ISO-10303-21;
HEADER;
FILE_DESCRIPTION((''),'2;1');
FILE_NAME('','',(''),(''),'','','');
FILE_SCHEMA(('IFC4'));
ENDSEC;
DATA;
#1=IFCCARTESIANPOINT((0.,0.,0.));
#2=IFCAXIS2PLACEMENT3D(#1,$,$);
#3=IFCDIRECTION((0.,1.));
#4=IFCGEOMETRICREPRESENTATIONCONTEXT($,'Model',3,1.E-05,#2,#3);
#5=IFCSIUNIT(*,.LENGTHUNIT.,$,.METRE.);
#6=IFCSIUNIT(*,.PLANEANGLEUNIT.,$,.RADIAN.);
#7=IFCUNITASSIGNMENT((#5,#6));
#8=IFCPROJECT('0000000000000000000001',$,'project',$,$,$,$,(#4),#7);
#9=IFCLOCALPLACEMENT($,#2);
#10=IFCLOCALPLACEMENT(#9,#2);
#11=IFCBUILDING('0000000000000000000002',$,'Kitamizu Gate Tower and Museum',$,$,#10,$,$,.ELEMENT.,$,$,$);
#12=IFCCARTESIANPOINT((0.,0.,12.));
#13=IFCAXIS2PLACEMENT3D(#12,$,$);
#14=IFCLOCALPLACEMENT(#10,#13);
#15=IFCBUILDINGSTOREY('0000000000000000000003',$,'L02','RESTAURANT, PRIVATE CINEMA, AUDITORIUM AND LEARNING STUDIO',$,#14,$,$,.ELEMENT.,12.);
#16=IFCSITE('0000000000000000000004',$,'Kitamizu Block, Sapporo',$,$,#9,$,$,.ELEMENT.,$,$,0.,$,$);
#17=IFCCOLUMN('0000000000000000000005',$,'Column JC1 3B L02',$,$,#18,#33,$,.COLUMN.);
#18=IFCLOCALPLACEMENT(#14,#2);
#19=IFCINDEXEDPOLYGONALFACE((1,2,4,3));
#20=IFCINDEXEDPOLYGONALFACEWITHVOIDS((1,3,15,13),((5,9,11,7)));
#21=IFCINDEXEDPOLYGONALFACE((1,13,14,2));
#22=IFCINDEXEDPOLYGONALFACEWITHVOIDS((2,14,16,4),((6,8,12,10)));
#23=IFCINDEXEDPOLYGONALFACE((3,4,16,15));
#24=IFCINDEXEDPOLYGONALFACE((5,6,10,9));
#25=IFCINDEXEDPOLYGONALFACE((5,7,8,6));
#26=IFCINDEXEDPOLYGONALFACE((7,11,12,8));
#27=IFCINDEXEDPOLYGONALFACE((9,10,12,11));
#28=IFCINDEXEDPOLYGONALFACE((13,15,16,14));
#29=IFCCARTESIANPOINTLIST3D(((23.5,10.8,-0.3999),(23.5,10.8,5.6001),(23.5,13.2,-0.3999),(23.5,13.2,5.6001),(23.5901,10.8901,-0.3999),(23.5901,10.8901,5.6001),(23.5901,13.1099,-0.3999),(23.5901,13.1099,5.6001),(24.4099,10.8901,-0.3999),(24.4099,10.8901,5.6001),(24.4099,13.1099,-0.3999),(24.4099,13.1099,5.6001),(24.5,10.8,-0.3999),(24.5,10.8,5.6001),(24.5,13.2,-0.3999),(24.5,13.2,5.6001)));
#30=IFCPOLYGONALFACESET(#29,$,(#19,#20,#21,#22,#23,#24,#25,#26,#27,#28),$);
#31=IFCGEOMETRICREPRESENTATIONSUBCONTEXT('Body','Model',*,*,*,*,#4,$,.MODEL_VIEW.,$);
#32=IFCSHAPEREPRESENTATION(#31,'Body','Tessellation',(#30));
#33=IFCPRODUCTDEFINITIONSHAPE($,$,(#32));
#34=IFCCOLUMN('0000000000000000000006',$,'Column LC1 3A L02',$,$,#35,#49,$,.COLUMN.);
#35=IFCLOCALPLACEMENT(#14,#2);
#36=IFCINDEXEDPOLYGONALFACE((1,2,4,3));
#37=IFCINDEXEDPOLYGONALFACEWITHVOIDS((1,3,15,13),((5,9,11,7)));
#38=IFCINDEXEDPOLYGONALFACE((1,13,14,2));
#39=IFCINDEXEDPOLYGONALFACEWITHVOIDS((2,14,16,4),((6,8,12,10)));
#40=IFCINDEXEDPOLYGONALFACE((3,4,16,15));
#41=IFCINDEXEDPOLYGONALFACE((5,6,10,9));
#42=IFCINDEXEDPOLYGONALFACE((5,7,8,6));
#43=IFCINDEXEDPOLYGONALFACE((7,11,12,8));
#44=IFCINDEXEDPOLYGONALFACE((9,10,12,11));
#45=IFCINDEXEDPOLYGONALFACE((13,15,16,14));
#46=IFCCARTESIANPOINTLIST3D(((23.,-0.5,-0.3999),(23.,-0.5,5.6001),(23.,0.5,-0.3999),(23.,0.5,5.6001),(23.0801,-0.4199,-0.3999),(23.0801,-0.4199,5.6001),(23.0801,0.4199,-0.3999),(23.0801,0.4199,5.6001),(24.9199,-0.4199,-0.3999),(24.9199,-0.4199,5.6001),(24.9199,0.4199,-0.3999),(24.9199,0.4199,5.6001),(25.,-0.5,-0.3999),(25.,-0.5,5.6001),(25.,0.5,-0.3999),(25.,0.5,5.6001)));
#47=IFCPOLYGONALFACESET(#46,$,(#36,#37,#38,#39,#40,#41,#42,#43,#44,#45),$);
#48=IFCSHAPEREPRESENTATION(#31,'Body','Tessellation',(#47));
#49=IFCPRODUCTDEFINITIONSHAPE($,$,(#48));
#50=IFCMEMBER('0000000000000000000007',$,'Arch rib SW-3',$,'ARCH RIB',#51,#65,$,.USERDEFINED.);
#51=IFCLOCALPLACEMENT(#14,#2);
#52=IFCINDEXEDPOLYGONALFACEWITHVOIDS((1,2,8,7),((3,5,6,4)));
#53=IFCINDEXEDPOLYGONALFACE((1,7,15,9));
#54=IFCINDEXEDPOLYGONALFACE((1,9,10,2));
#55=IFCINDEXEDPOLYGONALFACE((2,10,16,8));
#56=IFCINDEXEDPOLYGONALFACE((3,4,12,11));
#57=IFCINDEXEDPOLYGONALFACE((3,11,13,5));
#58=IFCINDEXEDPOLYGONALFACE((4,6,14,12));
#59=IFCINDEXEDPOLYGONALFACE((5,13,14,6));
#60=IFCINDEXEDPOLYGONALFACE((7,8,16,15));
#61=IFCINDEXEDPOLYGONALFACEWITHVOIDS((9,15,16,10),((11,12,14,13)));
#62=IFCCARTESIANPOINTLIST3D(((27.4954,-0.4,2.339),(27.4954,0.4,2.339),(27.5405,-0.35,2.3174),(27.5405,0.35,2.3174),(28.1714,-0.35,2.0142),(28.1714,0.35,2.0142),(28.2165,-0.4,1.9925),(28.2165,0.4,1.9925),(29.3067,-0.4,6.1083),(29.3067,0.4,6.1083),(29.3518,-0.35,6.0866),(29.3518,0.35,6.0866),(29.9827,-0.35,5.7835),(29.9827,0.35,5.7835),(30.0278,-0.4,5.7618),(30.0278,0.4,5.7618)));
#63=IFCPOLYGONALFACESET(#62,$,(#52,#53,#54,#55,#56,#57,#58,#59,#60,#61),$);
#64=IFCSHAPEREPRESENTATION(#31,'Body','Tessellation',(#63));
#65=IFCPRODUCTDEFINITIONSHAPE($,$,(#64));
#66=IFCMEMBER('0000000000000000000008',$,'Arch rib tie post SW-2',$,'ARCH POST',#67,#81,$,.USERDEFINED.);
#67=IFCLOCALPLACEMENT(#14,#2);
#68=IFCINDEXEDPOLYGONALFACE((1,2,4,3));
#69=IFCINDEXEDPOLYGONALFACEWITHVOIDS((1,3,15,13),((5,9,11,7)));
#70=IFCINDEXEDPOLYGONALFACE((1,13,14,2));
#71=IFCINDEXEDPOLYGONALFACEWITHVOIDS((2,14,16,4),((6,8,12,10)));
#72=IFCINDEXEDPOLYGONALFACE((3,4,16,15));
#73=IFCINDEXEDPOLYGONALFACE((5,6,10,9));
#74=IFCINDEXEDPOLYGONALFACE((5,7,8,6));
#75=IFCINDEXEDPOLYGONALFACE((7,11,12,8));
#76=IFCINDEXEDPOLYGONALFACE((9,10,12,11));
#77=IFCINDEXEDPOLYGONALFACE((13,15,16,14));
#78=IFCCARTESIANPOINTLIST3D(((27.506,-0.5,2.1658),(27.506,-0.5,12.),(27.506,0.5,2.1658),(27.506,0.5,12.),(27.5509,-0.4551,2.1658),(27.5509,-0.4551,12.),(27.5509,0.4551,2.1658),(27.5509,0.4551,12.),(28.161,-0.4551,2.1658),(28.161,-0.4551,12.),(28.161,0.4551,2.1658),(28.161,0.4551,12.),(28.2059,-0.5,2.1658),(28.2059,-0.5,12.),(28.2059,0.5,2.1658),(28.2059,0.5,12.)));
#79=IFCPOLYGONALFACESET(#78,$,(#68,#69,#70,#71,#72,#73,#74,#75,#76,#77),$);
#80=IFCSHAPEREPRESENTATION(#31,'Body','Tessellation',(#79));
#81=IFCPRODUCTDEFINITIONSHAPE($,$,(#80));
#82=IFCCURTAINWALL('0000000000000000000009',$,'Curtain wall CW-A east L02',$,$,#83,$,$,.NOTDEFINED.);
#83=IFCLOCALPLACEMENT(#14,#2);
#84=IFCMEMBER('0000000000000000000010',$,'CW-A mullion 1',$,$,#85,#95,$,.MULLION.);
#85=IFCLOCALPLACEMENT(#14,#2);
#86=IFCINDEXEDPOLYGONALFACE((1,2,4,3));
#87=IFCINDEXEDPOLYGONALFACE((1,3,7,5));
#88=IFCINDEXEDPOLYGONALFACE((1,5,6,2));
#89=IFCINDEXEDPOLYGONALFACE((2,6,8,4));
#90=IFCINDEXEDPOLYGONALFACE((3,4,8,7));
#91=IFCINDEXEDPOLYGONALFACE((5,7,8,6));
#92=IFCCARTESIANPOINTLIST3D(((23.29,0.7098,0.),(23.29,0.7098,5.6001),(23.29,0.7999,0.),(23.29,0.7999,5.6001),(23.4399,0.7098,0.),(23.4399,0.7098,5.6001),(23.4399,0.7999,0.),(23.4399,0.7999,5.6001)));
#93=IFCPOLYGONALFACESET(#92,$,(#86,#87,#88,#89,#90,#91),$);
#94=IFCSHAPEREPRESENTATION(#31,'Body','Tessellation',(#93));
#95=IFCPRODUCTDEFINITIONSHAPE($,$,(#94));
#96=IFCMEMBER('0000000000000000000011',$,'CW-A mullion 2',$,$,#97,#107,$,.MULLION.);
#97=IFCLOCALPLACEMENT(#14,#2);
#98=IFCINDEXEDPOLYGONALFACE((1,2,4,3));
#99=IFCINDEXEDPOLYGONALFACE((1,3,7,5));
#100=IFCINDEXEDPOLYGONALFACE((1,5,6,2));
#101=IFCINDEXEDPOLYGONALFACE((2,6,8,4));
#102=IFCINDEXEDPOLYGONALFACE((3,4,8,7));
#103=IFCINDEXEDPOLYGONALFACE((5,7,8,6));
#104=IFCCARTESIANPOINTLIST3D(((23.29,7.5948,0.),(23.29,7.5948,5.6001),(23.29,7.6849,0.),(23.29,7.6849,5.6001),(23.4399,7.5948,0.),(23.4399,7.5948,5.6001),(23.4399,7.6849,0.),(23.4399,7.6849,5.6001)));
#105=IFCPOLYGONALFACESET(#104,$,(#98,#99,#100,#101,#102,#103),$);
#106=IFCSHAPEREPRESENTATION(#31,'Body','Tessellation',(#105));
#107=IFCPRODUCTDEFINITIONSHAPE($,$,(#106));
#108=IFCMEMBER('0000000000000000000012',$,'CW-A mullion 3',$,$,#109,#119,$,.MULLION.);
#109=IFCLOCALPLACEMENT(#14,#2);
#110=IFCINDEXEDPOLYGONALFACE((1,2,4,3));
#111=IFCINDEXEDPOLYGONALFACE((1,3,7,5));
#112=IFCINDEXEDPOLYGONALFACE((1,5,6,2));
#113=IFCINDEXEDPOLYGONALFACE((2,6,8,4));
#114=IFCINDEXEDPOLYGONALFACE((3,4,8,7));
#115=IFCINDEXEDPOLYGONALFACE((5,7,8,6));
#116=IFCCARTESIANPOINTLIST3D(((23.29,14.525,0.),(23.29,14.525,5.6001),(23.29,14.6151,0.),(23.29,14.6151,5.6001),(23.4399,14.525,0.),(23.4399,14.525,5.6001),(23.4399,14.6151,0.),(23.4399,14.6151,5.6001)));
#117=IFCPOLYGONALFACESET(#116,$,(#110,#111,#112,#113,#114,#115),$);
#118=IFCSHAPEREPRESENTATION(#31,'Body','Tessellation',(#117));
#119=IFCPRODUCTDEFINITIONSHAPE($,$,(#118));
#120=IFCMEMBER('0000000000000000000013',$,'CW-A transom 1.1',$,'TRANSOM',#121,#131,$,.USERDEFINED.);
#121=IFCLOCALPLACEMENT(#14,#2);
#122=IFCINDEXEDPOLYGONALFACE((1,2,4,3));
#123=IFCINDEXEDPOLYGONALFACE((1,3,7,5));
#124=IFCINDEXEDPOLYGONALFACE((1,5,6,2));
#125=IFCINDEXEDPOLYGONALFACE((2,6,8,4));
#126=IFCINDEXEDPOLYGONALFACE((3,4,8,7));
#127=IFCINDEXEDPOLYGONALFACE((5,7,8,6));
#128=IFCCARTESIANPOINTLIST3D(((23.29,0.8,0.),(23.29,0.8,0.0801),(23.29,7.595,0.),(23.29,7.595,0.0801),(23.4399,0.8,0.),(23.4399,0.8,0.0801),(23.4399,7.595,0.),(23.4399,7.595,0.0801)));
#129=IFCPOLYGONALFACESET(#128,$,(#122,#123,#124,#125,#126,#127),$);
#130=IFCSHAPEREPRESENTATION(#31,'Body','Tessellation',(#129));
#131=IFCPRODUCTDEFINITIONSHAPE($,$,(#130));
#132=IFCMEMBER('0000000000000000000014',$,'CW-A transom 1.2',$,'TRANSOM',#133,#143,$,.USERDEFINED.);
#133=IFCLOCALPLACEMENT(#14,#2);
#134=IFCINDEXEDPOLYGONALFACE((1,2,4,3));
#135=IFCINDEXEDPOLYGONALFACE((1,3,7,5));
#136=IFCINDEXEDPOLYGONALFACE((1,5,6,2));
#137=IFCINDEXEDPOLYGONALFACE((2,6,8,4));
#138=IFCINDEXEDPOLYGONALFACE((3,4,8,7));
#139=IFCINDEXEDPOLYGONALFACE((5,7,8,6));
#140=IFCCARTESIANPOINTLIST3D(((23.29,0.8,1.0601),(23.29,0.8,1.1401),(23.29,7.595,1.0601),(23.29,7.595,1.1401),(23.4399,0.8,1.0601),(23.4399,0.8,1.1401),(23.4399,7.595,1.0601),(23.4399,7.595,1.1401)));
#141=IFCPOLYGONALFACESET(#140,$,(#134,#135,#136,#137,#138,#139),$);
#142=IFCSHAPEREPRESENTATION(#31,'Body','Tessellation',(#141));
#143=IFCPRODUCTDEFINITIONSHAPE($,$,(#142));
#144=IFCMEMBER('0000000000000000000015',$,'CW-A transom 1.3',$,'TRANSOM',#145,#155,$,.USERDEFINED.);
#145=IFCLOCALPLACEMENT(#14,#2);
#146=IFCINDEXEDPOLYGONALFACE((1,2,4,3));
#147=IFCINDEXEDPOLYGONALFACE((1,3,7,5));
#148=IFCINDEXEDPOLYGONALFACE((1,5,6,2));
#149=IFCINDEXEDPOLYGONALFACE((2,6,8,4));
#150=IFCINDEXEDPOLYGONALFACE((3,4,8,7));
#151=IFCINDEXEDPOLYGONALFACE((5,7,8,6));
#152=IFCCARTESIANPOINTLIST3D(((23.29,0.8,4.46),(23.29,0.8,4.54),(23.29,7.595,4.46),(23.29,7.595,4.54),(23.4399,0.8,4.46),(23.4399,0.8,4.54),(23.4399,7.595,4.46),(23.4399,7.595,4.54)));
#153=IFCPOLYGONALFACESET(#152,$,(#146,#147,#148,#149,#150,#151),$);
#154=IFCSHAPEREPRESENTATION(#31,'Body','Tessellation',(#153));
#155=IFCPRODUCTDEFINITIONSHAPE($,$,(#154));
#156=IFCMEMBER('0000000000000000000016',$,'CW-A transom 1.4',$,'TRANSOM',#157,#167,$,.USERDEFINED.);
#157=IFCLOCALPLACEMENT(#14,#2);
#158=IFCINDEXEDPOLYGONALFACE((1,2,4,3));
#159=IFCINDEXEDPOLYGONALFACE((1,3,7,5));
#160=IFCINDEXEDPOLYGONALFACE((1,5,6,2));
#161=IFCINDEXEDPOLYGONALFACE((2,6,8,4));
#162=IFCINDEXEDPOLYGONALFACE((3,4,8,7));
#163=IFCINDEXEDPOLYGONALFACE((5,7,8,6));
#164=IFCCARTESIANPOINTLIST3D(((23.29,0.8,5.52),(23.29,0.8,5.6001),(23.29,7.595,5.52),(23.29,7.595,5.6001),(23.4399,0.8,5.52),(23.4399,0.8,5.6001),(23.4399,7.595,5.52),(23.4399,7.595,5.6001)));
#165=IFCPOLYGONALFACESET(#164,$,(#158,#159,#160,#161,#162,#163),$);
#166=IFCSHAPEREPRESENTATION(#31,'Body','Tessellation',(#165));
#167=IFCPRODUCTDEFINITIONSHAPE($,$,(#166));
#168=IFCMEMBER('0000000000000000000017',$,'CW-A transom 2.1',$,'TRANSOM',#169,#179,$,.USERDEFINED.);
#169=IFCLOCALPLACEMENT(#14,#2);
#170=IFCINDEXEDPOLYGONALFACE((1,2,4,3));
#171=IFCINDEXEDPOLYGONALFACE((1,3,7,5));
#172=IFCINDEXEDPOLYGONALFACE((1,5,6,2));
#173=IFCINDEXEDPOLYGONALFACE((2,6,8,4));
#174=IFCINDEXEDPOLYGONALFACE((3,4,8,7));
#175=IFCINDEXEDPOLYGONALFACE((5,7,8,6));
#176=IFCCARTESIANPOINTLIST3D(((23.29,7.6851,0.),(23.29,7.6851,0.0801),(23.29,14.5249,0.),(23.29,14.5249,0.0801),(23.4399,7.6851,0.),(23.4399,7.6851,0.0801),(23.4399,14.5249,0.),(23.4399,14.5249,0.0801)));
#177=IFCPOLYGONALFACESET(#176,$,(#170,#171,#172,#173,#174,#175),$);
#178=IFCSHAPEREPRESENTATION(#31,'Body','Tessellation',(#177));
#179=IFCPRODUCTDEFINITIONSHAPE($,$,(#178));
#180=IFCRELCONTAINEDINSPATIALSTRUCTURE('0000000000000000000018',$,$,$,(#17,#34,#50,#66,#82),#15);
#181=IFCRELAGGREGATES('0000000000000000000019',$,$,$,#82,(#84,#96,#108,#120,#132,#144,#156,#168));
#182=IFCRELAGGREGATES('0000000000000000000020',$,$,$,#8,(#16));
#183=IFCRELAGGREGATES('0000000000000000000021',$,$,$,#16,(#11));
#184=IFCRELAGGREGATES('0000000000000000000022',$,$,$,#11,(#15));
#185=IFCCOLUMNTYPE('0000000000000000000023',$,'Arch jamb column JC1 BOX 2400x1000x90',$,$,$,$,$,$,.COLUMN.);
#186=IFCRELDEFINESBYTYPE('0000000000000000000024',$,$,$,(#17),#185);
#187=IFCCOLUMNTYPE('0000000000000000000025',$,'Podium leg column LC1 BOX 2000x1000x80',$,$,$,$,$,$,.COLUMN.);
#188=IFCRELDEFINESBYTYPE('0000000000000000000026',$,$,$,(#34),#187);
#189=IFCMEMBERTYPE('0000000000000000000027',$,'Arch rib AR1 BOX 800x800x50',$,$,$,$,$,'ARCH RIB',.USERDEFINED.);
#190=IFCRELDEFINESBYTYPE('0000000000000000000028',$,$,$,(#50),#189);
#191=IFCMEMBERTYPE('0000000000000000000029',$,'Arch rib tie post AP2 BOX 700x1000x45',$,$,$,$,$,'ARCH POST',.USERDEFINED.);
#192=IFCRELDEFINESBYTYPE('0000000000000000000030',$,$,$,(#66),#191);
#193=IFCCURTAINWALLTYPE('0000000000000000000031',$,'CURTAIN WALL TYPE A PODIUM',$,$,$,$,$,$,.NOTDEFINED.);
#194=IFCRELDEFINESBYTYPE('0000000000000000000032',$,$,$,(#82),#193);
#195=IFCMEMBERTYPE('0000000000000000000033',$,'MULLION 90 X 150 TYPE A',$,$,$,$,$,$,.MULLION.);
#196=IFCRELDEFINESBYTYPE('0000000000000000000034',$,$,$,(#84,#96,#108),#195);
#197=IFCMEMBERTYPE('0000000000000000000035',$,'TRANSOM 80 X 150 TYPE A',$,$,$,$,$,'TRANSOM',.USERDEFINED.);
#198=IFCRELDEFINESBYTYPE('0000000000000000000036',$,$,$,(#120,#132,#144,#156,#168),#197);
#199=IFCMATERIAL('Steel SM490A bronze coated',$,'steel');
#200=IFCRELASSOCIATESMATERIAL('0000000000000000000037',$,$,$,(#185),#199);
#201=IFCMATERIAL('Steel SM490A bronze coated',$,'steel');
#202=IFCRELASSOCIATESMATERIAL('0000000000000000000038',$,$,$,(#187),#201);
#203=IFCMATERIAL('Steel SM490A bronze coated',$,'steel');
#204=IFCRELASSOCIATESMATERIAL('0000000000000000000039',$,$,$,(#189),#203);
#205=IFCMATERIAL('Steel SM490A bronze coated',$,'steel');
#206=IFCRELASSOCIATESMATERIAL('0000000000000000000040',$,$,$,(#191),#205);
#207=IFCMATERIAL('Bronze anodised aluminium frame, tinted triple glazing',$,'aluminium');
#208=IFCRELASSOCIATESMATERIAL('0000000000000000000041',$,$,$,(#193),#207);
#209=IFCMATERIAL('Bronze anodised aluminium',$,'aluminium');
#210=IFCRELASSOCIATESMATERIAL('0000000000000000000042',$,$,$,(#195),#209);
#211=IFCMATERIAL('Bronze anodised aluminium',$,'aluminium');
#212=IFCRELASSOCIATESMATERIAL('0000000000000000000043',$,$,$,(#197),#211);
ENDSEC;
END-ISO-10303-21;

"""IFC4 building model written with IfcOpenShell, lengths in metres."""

from ifc_helpers import new_model, si_unit, direction, frame, origin, origin_2d, place, context, subcontext, project, spatial, rectangle, hollow_rectangle, extrude, material, material_profile, profile_set, type_object, element, aggregate, save


model = new_model("IFC4")

# Units and contexts
model_context = context("Model", 3, precision=1e-05, world=origin(), true_north=direction((0.0, 1.0)))
body_context = subcontext(model_context, "Body", "Model", "MODEL_VIEW")
ifc_project = project(units=[si_unit("LENGTHUNIT", "METRE"), si_unit("PLANEANGLEUNIT", "RADIAN")], contexts=[model_context])

# Site, building, storey
site_placement = place(None, origin())
site = spatial("IfcSite", under=ifc_project, at=site_placement, Name="Kitamizu Block, Sapporo", CompositionType="ELEMENT", RefElevation=0.0)
building_placement = place(site_placement, origin())
building = spatial("IfcBuilding", under=site, at=building_placement, Name="Kitamizu Gate Tower and Museum", CompositionType="ELEMENT")
storey_placement = place(building_placement, frame((0.0, 0.0, 12.0)))
storey = spatial("IfcBuildingStorey", under=building, at=storey_placement, Name="L02", Description="RESTAURANT, PRIVATE CINEMA, AUDITORIUM AND LEARNING STUDIO", CompositionType="ELEMENT", Elevation=12.0)

# Columns
ifc_material_1 = material(Name="Steel SM490A bronze coated", Category="steel")
ifc_material_profile_1 = material_profile(ifc_material_1, hollow_rectangle(XDim=2.3999, YDim=1.0, WallThickness=0.0901, at=origin_2d()), Name="BOX 2400x1000x90")
ifc_profile_set_1 = profile_set([ifc_material_profile_1], Name="Steel SM490A bronze coated")
column_type_1 = type_object("IfcColumnType", Name="Arch jamb column JC1 BOX 2400x1000x90", PredefinedType="COLUMN", material=ifc_profile_set_1)
column_1_placement = place(storey_placement, frame((24.0, 12.0, -0.3999), z_axis=(0.0, 0.0, 1.0), x_axis=(0.0, 1.0, 0.0)))
element("IfcColumn", 1, at=column_1_placement, inside=storey, type_object=column_type_1, Name="Column JC1 3B L02", PredefinedType="COLUMN", context=body_context, shape_type="SweptSolid", body=[
    extrude(hollow_rectangle(XDim=2.3999, YDim=1.0, WallThickness=0.0901, at=origin_2d()), origin(), (0.0, 0.0, 1.0), 6.0),
])
ifc_material_2 = material(Name="Steel SM490A bronze coated", Category="steel")
ifc_material_profile_2 = material_profile(ifc_material_2, hollow_rectangle(XDim=2.0, YDim=1.0, WallThickness=0.0801, at=origin_2d()), Name="BOX 2000x1000x80")
ifc_profile_set_2 = profile_set([ifc_material_profile_2], Name="Steel SM490A bronze coated")
column_type_2 = type_object("IfcColumnType", Name="Podium leg column LC1 BOX 2000x1000x80", PredefinedType="COLUMN", material=ifc_profile_set_2)
column_2_placement = place(storey_placement, frame((24.0, 0.0, -0.3999), z_axis=(0.0, 0.0, 1.0), x_axis=(1.0, 0.0, 0.0)))
element("IfcColumn", 2, at=column_2_placement, inside=storey, type_object=column_type_2, Name="Column LC1 3A L02", PredefinedType="COLUMN", context=body_context, shape_type="SweptSolid", body=[
    extrude(hollow_rectangle(XDim=2.0, YDim=1.0, WallThickness=0.0801, at=origin_2d()), origin(), (0.0, 0.0, 1.0), 6.0),
])

# Members
ifc_material_3 = material(Name="Steel SM490A bronze coated", Category="steel")
ifc_material_profile_3 = material_profile(ifc_material_3, hollow_rectangle(XDim=0.8, YDim=0.8, WallThickness=0.05, at=origin_2d()), Name="BOX 800x800x50")
ifc_profile_set_3 = profile_set([ifc_material_profile_3], Name="Steel SM490A bronze coated")
member_type_1 = type_object("IfcMemberType", Name="Arch rib AR1 BOX 800x800x50", ElementType="ARCH RIB", PredefinedType="USERDEFINED", material=ifc_profile_set_3)
member_1_placement = place(storey_placement, frame((27.856, 0.0, 2.1658), z_axis=(0.433124, 0.0, 0.901334), x_axis=(0.0, 1.0, 0.0)))
element("IfcMember", 3, at=member_1_placement, inside=storey, type_object=member_type_1, Name="Arch rib SW-3", ObjectType="ARCH RIB", PredefinedType="USERDEFINED", context=body_context, shape_type="SweptSolid", body=[
    extrude(hollow_rectangle(XDim=0.8, YDim=0.8, WallThickness=0.05, at=origin_2d()), origin(), (0.0, 0.0, 1.0), 4.1819),
])
ifc_material_4 = material(Name="Steel SM490A bronze coated", Category="steel")
ifc_material_profile_4 = material_profile(ifc_material_4, hollow_rectangle(XDim=0.7, YDim=1.0, WallThickness=0.0449, at=origin_2d()), Name="BOX 700x1000x45")
ifc_profile_set_4 = profile_set([ifc_material_profile_4], Name="Steel SM490A bronze coated")
member_type_2 = type_object("IfcMemberType", Name="Arch rib tie post AP2 BOX 700x1000x45", ElementType="ARCH POST", PredefinedType="USERDEFINED", material=ifc_profile_set_4)
member_2_placement = place(storey_placement, frame((27.856, 0.0, 2.1658), z_axis=(0.0, 0.0, 1.0), x_axis=(1.0, 0.0, 0.0)))
element("IfcMember", 4, at=member_2_placement, inside=storey, type_object=member_type_2, Name="Arch rib tie post SW-2", ObjectType="ARCH POST", PredefinedType="USERDEFINED", context=body_context, shape_type="SweptSolid", body=[
    extrude(hollow_rectangle(XDim=0.7, YDim=1.0, WallThickness=0.0449, at=origin_2d()), origin(), (0.0, 0.0, 1.0), 9.8342),
])

# Curtain wall, members
ifc_material_5 = material(Name="Bronze anodised aluminium frame, tinted triple glazing", Category="aluminium")
curtain_wall_type = type_object("IfcCurtainWallType", Name="CURTAIN WALL TYPE A PODIUM", PredefinedType="NOTDEFINED", material=ifc_material_5)
curtain_wall_placement = place(storey_placement, origin())
curtain_wall = element("IfcCurtainWall", 5, at=curtain_wall_placement, inside=storey, type_object=curtain_wall_type, Name="Curtain wall CW-A east L02", PredefinedType="NOTDEFINED")
ifc_material_6 = material(Name="Bronze anodised aluminium", Category="aluminium")
ifc_material_profile_5 = material_profile(ifc_material_6, rectangle(XDim=0.0901, YDim=0.1499, at=origin_2d()), Name="AL 90X150")
ifc_profile_set_5 = profile_set([ifc_material_profile_5], Name="Bronze anodised aluminium")
member_type_3 = type_object("IfcMemberType", Name="MULLION 90 X 150 TYPE A", PredefinedType="MULLION", material=ifc_profile_set_5)
member_3_placement = place(storey_placement, frame((23.365, 0.7549, 0.0), z_axis=(0.0, 0.0, 1.0), x_axis=(0.0, 1.0, 0.0)))
member_3 = element("IfcMember", 6, at=member_3_placement, type_object=member_type_3, Name="CW-A mullion 1", PredefinedType="MULLION", context=body_context, shape_type="SweptSolid", body=[
    extrude(rectangle(XDim=0.0901, YDim=0.1499, at=origin_2d()), origin(), (0.0, 0.0, 1.0), 5.6001),
])
member_4_placement = place(storey_placement, frame((23.365, 7.6399, 0.0), z_axis=(0.0, 0.0, 1.0), x_axis=(0.0, 1.0, 0.0)))
member_4 = element("IfcMember", 7, at=member_4_placement, type_object=member_type_3, Name="CW-A mullion 2", PredefinedType="MULLION", context=body_context, shape_type="SweptSolid", body=[
    extrude(rectangle(XDim=0.0901, YDim=0.1499, at=origin_2d()), origin(), (0.0, 0.0, 1.0), 5.6001),
])
member_5_placement = place(storey_placement, frame((23.365, 14.5701, 0.0), z_axis=(0.0, 0.0, 1.0), x_axis=(0.0, 1.0, 0.0)))
member_5 = element("IfcMember", 8, at=member_5_placement, type_object=member_type_3, Name="CW-A mullion 3", PredefinedType="MULLION", context=body_context, shape_type="SweptSolid", body=[
    extrude(rectangle(XDim=0.0901, YDim=0.1499, at=origin_2d()), origin(), (0.0, 0.0, 1.0), 5.6001),
])
ifc_material_7 = material(Name="Bronze anodised aluminium", Category="aluminium")
ifc_material_profile_6 = material_profile(ifc_material_7, rectangle(XDim=0.1499, YDim=0.0801, at=origin_2d()), Name="AL 80X150")
ifc_profile_set_6 = profile_set([ifc_material_profile_6], Name="Bronze anodised aluminium")
member_type_4 = type_object("IfcMemberType", Name="TRANSOM 80 X 150 TYPE A", ElementType="TRANSOM", PredefinedType="USERDEFINED", material=ifc_profile_set_6)
member_6_placement = place(storey_placement, frame((23.365, 0.8, 0.04), z_axis=(0.0, 1.0, 0.0), x_axis=(-1.0, 0.0, 0.0)))
member_6 = element("IfcMember", 9, at=member_6_placement, type_object=member_type_4, Name="CW-A transom 1.1", ObjectType="TRANSOM", PredefinedType="USERDEFINED", context=body_context, shape_type="SweptSolid", body=[
    extrude(rectangle(XDim=0.1499, YDim=0.0801, at=origin_2d()), origin(), (0.0, 0.0, 1.0), 6.7949),
])
member_7_placement = place(storey_placement, frame((23.365, 0.8, 1.1001), z_axis=(0.0, 1.0, 0.0), x_axis=(-1.0, 0.0, 0.0)))
member_7 = element("IfcMember", 10, at=member_7_placement, type_object=member_type_4, Name="CW-A transom 1.2", ObjectType="TRANSOM", PredefinedType="USERDEFINED", context=body_context, shape_type="SweptSolid", body=[
    extrude(rectangle(XDim=0.1499, YDim=0.0801, at=origin_2d()), origin(), (0.0, 0.0, 1.0), 6.7949),
])
member_8_placement = place(storey_placement, frame((23.365, 0.8, 4.5), z_axis=(0.0, 1.0, 0.0), x_axis=(-1.0, 0.0, 0.0)))
member_8 = element("IfcMember", 11, at=member_8_placement, type_object=member_type_4, Name="CW-A transom 1.3", ObjectType="TRANSOM", PredefinedType="USERDEFINED", context=body_context, shape_type="SweptSolid", body=[
    extrude(rectangle(XDim=0.1499, YDim=0.0801, at=origin_2d()), origin(), (0.0, 0.0, 1.0), 6.7949),
])
member_9_placement = place(storey_placement, frame((23.365, 0.8, 5.5601), z_axis=(0.0, 1.0, 0.0), x_axis=(-1.0, 0.0, 0.0)))
member_9 = element("IfcMember", 12, at=member_9_placement, type_object=member_type_4, Name="CW-A transom 1.4", ObjectType="TRANSOM", PredefinedType="USERDEFINED", context=body_context, shape_type="SweptSolid", body=[
    extrude(rectangle(XDim=0.1499, YDim=0.0801, at=origin_2d()), origin(), (0.0, 0.0, 1.0), 6.7949),
])
member_10_placement = place(storey_placement, frame((23.365, 7.6851, 0.04), z_axis=(0.0, 1.0, 0.0), x_axis=(-1.0, 0.0, 0.0)))
member_10 = element("IfcMember", 13, at=member_10_placement, type_object=member_type_4, Name="CW-A transom 2.1", ObjectType="TRANSOM", PredefinedType="USERDEFINED", context=body_context, shape_type="SweptSolid", body=[
    extrude(rectangle(XDim=0.1499, YDim=0.0801, at=origin_2d()), origin(), (0.0, 0.0, 1.0), 6.8398),
])
aggregate(curtain_wall, [member_3, member_4, member_5, member_6, member_7, member_8, member_9, member_10])

save(model, "model.ifc")
